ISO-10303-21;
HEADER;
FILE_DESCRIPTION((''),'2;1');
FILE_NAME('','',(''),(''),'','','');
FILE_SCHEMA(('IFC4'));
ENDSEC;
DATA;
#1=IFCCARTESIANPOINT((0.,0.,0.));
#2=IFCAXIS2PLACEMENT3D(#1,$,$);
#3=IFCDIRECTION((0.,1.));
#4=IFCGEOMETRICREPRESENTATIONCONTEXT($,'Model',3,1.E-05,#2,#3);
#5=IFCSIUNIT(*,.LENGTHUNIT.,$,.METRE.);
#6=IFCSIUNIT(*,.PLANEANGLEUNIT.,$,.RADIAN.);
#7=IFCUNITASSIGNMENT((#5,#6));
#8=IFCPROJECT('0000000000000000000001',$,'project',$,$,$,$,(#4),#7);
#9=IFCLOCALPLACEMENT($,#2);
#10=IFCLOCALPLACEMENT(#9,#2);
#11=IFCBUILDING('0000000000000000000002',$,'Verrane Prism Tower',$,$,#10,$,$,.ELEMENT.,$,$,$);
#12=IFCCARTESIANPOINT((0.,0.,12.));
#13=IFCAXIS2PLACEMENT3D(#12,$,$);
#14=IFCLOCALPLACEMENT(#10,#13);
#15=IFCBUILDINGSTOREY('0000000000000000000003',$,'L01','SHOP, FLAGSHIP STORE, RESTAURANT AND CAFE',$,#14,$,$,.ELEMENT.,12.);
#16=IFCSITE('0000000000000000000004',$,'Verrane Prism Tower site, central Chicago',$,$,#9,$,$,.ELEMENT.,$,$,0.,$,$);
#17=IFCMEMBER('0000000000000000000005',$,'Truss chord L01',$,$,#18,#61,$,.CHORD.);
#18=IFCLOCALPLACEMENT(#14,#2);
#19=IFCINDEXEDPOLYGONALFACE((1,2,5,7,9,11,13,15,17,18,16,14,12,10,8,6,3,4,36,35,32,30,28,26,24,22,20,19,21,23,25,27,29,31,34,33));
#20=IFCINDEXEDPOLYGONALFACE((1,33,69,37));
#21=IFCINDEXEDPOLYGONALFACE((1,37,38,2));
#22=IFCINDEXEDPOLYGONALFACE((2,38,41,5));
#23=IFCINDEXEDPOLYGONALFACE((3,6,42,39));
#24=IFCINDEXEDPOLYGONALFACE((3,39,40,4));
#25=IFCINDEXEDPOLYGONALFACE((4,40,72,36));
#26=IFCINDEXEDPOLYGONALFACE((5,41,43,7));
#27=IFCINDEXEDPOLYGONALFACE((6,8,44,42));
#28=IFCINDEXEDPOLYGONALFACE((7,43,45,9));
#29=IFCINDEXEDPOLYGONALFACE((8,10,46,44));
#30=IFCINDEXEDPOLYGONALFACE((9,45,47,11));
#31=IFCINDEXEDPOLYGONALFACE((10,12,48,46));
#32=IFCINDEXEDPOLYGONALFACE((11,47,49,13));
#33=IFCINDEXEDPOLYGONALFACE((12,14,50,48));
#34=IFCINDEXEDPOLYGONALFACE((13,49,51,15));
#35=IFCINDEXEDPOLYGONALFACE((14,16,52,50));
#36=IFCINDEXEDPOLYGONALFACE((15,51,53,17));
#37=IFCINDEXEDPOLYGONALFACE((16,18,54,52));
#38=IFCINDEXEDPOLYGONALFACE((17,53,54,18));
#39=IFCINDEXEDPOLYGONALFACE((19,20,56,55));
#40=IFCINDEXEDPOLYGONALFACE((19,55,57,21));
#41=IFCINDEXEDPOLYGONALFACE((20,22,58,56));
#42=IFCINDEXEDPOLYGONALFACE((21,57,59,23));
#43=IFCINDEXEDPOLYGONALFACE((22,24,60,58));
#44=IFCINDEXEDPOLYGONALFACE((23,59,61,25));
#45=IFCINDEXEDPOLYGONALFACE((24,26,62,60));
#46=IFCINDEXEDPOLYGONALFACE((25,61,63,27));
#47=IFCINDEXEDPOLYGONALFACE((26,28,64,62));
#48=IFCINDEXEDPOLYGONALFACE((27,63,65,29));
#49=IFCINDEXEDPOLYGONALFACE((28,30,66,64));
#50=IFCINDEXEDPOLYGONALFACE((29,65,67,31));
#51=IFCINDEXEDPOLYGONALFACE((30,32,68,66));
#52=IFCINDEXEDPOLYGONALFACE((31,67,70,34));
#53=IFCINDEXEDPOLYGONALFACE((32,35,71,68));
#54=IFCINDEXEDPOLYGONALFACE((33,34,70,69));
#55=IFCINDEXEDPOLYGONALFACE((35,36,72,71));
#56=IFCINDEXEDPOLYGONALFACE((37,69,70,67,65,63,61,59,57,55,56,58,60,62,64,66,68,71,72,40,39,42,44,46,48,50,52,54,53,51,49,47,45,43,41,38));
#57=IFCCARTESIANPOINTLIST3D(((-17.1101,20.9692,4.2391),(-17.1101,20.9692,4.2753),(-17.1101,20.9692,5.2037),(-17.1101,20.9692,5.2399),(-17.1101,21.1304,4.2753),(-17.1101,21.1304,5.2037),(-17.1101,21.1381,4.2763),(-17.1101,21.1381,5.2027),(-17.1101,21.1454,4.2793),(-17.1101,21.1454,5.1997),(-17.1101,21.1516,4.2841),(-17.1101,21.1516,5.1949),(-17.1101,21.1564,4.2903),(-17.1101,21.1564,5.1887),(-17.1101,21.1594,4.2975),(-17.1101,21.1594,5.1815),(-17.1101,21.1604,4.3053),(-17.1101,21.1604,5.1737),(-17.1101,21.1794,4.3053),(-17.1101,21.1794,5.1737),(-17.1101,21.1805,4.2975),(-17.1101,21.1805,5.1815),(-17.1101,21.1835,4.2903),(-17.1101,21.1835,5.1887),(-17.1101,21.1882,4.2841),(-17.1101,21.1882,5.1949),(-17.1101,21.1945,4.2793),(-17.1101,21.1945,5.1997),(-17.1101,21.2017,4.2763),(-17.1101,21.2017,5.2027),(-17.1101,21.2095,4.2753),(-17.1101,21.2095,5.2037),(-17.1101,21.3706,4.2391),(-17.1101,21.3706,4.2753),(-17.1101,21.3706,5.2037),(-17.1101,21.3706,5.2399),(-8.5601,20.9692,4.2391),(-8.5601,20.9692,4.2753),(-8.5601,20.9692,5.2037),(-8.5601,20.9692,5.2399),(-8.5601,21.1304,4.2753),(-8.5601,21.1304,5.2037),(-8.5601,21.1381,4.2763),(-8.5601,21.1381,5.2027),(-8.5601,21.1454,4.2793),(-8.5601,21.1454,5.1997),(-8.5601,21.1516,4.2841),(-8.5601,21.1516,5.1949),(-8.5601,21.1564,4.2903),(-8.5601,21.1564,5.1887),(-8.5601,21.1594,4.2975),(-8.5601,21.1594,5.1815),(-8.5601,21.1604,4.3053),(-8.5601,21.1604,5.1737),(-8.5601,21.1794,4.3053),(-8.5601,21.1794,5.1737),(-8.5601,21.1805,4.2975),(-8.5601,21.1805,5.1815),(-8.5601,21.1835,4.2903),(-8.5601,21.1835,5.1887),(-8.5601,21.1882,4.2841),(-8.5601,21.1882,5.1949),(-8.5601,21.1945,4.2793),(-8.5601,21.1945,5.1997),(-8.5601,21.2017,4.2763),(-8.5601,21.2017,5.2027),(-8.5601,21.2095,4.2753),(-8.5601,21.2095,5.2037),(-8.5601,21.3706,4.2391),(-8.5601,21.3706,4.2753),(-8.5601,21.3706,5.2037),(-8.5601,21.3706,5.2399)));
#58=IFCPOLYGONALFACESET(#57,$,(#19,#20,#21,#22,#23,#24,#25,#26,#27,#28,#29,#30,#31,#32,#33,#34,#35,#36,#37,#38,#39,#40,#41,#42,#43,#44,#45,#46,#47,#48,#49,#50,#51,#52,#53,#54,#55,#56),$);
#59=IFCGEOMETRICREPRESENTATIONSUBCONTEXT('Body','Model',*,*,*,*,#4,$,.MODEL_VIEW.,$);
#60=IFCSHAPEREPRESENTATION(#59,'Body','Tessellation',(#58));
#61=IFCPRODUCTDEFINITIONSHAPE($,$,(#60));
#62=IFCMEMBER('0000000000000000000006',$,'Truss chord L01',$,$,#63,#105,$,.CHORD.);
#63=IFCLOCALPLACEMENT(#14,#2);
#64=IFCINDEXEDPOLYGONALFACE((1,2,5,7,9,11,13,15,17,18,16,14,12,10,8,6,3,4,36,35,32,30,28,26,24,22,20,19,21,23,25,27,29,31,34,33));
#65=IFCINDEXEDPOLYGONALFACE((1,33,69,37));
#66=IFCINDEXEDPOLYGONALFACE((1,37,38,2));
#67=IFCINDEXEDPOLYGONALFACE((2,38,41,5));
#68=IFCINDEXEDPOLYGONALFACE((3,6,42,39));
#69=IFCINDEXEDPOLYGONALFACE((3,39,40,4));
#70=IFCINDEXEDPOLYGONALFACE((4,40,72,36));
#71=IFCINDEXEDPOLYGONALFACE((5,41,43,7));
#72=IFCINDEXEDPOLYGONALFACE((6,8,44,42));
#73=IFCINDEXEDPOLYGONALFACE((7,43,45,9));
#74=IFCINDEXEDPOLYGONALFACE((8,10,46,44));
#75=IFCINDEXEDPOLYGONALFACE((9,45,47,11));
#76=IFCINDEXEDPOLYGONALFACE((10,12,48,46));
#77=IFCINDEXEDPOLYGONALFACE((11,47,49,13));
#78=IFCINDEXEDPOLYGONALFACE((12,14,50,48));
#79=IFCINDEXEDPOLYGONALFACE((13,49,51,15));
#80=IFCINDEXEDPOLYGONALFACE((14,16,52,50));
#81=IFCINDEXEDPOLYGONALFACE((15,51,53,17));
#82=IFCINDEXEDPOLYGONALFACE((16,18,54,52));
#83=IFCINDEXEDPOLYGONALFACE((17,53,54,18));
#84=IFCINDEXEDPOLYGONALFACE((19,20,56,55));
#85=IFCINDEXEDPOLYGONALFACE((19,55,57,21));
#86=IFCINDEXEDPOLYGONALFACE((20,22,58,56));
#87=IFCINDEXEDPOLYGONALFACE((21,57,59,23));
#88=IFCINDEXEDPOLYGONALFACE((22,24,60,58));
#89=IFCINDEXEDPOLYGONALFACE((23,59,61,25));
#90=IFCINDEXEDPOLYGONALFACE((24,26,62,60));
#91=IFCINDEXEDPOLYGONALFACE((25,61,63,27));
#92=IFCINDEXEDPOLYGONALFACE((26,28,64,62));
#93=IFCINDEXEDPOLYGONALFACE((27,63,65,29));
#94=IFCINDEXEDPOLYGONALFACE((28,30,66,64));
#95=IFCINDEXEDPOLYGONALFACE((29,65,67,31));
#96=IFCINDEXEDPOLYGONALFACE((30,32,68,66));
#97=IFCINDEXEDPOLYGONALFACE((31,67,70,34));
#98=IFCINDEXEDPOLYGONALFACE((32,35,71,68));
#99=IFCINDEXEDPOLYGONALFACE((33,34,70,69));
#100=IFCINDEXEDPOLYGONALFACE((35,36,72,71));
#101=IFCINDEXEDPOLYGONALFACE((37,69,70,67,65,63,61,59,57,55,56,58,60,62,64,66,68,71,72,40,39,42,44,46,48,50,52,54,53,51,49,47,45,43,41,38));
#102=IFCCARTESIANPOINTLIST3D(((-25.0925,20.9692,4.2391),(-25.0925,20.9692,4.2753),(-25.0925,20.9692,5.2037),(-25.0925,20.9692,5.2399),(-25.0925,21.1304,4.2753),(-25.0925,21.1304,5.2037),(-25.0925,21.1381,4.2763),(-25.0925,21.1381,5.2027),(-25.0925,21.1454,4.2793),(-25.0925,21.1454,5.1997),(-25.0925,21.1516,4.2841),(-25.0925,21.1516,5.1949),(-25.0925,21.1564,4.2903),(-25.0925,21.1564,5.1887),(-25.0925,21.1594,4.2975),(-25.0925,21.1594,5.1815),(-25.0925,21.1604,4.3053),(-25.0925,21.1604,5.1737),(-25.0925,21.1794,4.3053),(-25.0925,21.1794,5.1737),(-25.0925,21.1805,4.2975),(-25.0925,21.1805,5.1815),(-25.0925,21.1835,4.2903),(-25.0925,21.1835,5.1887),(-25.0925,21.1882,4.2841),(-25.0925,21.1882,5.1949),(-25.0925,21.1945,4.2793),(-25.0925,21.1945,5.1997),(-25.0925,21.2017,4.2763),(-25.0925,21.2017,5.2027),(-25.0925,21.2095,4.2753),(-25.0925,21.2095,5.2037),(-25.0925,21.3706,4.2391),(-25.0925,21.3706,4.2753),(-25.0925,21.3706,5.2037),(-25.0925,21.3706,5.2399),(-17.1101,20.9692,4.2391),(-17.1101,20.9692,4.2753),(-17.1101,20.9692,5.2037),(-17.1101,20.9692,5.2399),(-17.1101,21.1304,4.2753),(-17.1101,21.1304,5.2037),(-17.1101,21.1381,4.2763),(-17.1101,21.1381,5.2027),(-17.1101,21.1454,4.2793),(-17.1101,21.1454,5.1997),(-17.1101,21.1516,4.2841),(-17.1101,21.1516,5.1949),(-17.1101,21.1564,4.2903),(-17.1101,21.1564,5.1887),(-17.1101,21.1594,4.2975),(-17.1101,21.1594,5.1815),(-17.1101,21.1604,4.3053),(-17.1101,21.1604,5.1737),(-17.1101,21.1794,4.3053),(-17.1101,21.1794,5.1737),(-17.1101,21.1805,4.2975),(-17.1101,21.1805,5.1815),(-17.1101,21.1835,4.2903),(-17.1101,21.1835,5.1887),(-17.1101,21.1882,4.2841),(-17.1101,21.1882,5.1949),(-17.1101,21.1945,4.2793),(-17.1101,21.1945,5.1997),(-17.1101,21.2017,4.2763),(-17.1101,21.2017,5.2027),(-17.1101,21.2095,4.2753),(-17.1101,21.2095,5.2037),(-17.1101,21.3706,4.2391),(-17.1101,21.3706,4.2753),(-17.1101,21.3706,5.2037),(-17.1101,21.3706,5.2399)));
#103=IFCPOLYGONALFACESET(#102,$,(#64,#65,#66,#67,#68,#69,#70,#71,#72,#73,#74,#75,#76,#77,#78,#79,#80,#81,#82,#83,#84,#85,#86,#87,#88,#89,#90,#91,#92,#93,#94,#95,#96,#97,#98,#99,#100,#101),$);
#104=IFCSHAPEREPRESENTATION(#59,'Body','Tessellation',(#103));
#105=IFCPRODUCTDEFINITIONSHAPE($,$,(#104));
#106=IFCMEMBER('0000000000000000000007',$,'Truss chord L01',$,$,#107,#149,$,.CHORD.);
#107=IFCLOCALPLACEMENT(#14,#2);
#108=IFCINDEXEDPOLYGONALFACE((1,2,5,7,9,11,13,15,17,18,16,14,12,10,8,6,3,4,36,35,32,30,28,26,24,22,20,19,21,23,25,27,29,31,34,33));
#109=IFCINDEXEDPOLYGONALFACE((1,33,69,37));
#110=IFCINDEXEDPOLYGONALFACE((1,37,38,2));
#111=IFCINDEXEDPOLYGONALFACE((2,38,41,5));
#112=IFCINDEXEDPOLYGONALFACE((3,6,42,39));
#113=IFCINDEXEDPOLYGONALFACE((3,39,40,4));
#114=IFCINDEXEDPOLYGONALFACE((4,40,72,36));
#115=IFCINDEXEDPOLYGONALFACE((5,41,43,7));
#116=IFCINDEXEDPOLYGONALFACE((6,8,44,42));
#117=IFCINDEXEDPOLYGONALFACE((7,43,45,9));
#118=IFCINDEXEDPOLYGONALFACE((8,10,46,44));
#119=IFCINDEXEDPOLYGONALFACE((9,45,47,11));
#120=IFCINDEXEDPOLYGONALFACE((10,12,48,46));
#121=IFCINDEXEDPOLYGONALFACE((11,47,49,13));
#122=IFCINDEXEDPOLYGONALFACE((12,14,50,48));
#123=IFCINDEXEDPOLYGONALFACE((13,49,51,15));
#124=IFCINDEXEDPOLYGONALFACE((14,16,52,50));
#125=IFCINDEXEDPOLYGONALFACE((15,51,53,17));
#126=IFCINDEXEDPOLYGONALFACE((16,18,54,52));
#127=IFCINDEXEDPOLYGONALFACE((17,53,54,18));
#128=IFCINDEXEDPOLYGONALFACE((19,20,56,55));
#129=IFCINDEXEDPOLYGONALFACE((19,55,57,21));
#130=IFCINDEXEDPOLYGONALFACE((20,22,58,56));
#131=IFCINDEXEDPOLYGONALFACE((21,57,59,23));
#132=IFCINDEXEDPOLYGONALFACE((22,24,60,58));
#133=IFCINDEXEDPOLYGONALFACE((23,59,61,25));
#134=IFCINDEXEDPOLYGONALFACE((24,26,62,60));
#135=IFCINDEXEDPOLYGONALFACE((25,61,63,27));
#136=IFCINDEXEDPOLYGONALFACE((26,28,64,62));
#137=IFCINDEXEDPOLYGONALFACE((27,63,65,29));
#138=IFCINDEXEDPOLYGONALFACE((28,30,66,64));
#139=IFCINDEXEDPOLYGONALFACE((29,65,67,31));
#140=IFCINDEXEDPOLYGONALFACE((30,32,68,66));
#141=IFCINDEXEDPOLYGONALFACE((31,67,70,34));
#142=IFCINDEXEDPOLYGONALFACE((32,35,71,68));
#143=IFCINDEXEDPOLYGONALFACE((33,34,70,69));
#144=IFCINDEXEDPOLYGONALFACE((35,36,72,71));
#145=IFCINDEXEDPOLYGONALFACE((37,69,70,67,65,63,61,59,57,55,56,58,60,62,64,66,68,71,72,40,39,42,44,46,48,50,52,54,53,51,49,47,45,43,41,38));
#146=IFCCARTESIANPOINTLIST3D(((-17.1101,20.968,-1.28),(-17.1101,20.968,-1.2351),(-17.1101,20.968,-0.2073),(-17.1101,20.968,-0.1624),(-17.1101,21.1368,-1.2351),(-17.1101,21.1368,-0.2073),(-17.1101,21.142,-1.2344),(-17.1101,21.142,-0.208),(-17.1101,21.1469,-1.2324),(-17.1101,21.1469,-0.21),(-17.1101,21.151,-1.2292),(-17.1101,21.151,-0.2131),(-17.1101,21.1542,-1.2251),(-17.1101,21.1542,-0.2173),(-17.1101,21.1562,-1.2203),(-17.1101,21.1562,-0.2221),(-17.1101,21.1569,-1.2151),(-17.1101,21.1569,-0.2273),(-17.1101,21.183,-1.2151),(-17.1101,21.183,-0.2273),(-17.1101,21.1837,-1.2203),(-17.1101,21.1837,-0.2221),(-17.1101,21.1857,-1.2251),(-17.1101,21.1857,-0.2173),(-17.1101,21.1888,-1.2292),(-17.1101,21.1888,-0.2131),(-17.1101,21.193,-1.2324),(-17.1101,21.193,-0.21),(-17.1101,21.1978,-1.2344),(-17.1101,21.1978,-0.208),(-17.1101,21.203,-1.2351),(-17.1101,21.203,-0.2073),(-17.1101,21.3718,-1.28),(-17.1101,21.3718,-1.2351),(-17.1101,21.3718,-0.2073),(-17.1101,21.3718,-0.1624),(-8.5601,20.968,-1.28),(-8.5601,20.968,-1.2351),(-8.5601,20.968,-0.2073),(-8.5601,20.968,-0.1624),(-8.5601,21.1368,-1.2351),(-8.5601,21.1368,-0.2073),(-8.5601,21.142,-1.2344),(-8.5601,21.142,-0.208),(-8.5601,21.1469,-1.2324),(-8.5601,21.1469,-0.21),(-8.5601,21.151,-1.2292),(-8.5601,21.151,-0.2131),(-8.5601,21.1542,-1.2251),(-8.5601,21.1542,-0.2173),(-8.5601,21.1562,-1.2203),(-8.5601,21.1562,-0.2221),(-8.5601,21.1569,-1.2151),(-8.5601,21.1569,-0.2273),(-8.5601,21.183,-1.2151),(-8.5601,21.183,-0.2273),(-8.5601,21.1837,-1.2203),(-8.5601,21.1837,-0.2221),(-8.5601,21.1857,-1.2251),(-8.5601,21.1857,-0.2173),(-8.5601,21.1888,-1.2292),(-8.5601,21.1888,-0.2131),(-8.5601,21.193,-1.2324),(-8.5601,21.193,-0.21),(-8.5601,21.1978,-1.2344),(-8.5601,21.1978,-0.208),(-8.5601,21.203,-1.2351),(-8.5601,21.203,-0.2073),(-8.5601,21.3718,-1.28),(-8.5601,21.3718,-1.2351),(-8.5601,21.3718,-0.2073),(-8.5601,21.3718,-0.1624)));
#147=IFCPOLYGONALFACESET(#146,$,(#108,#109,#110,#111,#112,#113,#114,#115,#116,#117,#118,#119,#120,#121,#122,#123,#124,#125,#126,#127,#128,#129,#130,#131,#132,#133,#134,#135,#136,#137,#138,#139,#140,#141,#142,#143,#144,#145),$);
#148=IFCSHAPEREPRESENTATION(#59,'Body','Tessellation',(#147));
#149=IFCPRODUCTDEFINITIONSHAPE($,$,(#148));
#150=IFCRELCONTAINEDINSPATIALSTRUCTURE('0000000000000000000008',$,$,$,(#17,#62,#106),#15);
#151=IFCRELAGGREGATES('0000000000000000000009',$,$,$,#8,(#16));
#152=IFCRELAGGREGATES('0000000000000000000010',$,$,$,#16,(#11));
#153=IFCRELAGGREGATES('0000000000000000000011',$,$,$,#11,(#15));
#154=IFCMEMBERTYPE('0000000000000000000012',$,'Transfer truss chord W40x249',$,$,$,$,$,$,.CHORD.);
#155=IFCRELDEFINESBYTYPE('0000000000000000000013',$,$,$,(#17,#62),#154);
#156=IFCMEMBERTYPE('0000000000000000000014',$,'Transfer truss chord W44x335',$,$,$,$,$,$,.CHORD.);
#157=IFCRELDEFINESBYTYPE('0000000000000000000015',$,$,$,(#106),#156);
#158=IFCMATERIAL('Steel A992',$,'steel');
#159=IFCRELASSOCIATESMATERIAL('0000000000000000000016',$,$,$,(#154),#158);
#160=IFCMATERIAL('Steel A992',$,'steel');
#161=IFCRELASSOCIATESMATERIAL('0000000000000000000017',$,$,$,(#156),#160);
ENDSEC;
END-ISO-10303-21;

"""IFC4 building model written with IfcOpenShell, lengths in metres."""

from ifc_helpers import new_model, si_unit, direction, frame, origin, origin_2d, place, context, subcontext, project, spatial, i_section, extrude, material, material_profile, profile_set, type_object, element, save


model = new_model("IFC4")

# Units and contexts
model_context = context("Model", 3, precision=1e-05, world=origin(), true_north=direction((0.0, 1.0)))
body_context = subcontext(model_context, "Body", "Model", "MODEL_VIEW")
ifc_project = project(units=[si_unit("LENGTHUNIT", "METRE"), si_unit("PLANEANGLEUNIT", "RADIAN")], contexts=[model_context])

# Site, building, storey
site_placement = place(None, origin())
site = spatial("IfcSite", under=ifc_project, at=site_placement, Name="Verrane Prism Tower site, central Chicago", CompositionType="ELEMENT", RefElevation=0.0)
building_placement = place(site_placement, origin())
building = spatial("IfcBuilding", under=site, at=building_placement, Name="Verrane Prism Tower", CompositionType="ELEMENT")
storey_placement = place(building_placement, frame((0.0, 0.0, 12.0)))
storey = spatial("IfcBuildingStorey", under=building, at=storey_placement, Name="L01", Description="SHOP, FLAGSHIP STORE, RESTAURANT AND CAFE", CompositionType="ELEMENT", Elevation=12.0)

# Members
ifc_material_1 = material(Name="Steel A992", Category="steel")
ifc_material_profile_1 = material_profile(ifc_material_1, i_section(OverallWidth=0.4014, OverallDepth=1.0007, WebThickness=0.019, FlangeThickness=0.0361, FilletRadius=0.03, at=origin_2d()), Name="W40x249")
ifc_profile_set_1 = profile_set([ifc_material_profile_1], Name="Steel A992")
member_type_1 = type_object("IfcMemberType", Name="Transfer truss chord W40x249", PredefinedType="CHORD", material=ifc_profile_set_1)
member_1_placement = place(storey_placement, frame((-8.5601, 21.1699, 4.7395), z_axis=(-1.0, 0.0, 0.0), x_axis=(0.0, -1.0, 0.0)))
element("IfcMember", 1, at=member_1_placement, inside=storey, type_object=member_type_1, Name="Truss chord L01", PredefinedType="CHORD", context=body_context, shape_type="SweptSolid", body=[
    extrude(i_section(OverallWidth=0.4014, OverallDepth=1.0007, WebThickness=0.019, FlangeThickness=0.0361, FilletRadius=0.03, at=origin_2d()), origin(), (0.0, 0.0, 1.0), 8.55),
])
member_2_placement = place(storey_placement, frame((-17.1101, 21.1699, 4.7395), z_axis=(-1.0, 0.0, 0.0), x_axis=(0.0, -1.0, 0.0)))
element("IfcMember", 2, at=member_2_placement, inside=storey, type_object=member_type_1, Name="Truss chord L01", PredefinedType="CHORD", context=body_context, shape_type="SweptSolid", body=[
    extrude(i_section(OverallWidth=0.4014, OverallDepth=1.0007, WebThickness=0.019, FlangeThickness=0.0361, FilletRadius=0.03, at=origin_2d()), origin(), (0.0, 0.0, 1.0), 7.9824),
])
ifc_material_2 = material(Name="Steel A992", Category="steel")
ifc_material_profile_2 = material_profile(ifc_material_2, i_section(OverallWidth=0.4038, OverallDepth=1.1177, WebThickness=0.0261, FlangeThickness=0.0449, FilletRadius=0.02, at=origin_2d()), Name="W44x335")
ifc_profile_set_2 = profile_set([ifc_material_profile_2], Name="Steel A992")
member_type_2 = type_object("IfcMemberType", Name="Transfer truss chord W44x335", PredefinedType="CHORD", material=ifc_profile_set_2)
member_3_placement = place(storey_placement, frame((-8.5601, 21.1699, -0.7212), z_axis=(-1.0, 0.0, 0.0), x_axis=(0.0, -1.0, 0.0)))
element("IfcMember", 3, at=member_3_placement, inside=storey, type_object=member_type_2, Name="Truss chord L01", PredefinedType="CHORD", context=body_context, shape_type="SweptSolid", body=[
    extrude(i_section(OverallWidth=0.4038, OverallDepth=1.1177, WebThickness=0.0261, FlangeThickness=0.0449, FilletRadius=0.02, at=origin_2d()), origin(), (0.0, 0.0, 1.0), 8.55),
])

save(model, "model.ifc")
